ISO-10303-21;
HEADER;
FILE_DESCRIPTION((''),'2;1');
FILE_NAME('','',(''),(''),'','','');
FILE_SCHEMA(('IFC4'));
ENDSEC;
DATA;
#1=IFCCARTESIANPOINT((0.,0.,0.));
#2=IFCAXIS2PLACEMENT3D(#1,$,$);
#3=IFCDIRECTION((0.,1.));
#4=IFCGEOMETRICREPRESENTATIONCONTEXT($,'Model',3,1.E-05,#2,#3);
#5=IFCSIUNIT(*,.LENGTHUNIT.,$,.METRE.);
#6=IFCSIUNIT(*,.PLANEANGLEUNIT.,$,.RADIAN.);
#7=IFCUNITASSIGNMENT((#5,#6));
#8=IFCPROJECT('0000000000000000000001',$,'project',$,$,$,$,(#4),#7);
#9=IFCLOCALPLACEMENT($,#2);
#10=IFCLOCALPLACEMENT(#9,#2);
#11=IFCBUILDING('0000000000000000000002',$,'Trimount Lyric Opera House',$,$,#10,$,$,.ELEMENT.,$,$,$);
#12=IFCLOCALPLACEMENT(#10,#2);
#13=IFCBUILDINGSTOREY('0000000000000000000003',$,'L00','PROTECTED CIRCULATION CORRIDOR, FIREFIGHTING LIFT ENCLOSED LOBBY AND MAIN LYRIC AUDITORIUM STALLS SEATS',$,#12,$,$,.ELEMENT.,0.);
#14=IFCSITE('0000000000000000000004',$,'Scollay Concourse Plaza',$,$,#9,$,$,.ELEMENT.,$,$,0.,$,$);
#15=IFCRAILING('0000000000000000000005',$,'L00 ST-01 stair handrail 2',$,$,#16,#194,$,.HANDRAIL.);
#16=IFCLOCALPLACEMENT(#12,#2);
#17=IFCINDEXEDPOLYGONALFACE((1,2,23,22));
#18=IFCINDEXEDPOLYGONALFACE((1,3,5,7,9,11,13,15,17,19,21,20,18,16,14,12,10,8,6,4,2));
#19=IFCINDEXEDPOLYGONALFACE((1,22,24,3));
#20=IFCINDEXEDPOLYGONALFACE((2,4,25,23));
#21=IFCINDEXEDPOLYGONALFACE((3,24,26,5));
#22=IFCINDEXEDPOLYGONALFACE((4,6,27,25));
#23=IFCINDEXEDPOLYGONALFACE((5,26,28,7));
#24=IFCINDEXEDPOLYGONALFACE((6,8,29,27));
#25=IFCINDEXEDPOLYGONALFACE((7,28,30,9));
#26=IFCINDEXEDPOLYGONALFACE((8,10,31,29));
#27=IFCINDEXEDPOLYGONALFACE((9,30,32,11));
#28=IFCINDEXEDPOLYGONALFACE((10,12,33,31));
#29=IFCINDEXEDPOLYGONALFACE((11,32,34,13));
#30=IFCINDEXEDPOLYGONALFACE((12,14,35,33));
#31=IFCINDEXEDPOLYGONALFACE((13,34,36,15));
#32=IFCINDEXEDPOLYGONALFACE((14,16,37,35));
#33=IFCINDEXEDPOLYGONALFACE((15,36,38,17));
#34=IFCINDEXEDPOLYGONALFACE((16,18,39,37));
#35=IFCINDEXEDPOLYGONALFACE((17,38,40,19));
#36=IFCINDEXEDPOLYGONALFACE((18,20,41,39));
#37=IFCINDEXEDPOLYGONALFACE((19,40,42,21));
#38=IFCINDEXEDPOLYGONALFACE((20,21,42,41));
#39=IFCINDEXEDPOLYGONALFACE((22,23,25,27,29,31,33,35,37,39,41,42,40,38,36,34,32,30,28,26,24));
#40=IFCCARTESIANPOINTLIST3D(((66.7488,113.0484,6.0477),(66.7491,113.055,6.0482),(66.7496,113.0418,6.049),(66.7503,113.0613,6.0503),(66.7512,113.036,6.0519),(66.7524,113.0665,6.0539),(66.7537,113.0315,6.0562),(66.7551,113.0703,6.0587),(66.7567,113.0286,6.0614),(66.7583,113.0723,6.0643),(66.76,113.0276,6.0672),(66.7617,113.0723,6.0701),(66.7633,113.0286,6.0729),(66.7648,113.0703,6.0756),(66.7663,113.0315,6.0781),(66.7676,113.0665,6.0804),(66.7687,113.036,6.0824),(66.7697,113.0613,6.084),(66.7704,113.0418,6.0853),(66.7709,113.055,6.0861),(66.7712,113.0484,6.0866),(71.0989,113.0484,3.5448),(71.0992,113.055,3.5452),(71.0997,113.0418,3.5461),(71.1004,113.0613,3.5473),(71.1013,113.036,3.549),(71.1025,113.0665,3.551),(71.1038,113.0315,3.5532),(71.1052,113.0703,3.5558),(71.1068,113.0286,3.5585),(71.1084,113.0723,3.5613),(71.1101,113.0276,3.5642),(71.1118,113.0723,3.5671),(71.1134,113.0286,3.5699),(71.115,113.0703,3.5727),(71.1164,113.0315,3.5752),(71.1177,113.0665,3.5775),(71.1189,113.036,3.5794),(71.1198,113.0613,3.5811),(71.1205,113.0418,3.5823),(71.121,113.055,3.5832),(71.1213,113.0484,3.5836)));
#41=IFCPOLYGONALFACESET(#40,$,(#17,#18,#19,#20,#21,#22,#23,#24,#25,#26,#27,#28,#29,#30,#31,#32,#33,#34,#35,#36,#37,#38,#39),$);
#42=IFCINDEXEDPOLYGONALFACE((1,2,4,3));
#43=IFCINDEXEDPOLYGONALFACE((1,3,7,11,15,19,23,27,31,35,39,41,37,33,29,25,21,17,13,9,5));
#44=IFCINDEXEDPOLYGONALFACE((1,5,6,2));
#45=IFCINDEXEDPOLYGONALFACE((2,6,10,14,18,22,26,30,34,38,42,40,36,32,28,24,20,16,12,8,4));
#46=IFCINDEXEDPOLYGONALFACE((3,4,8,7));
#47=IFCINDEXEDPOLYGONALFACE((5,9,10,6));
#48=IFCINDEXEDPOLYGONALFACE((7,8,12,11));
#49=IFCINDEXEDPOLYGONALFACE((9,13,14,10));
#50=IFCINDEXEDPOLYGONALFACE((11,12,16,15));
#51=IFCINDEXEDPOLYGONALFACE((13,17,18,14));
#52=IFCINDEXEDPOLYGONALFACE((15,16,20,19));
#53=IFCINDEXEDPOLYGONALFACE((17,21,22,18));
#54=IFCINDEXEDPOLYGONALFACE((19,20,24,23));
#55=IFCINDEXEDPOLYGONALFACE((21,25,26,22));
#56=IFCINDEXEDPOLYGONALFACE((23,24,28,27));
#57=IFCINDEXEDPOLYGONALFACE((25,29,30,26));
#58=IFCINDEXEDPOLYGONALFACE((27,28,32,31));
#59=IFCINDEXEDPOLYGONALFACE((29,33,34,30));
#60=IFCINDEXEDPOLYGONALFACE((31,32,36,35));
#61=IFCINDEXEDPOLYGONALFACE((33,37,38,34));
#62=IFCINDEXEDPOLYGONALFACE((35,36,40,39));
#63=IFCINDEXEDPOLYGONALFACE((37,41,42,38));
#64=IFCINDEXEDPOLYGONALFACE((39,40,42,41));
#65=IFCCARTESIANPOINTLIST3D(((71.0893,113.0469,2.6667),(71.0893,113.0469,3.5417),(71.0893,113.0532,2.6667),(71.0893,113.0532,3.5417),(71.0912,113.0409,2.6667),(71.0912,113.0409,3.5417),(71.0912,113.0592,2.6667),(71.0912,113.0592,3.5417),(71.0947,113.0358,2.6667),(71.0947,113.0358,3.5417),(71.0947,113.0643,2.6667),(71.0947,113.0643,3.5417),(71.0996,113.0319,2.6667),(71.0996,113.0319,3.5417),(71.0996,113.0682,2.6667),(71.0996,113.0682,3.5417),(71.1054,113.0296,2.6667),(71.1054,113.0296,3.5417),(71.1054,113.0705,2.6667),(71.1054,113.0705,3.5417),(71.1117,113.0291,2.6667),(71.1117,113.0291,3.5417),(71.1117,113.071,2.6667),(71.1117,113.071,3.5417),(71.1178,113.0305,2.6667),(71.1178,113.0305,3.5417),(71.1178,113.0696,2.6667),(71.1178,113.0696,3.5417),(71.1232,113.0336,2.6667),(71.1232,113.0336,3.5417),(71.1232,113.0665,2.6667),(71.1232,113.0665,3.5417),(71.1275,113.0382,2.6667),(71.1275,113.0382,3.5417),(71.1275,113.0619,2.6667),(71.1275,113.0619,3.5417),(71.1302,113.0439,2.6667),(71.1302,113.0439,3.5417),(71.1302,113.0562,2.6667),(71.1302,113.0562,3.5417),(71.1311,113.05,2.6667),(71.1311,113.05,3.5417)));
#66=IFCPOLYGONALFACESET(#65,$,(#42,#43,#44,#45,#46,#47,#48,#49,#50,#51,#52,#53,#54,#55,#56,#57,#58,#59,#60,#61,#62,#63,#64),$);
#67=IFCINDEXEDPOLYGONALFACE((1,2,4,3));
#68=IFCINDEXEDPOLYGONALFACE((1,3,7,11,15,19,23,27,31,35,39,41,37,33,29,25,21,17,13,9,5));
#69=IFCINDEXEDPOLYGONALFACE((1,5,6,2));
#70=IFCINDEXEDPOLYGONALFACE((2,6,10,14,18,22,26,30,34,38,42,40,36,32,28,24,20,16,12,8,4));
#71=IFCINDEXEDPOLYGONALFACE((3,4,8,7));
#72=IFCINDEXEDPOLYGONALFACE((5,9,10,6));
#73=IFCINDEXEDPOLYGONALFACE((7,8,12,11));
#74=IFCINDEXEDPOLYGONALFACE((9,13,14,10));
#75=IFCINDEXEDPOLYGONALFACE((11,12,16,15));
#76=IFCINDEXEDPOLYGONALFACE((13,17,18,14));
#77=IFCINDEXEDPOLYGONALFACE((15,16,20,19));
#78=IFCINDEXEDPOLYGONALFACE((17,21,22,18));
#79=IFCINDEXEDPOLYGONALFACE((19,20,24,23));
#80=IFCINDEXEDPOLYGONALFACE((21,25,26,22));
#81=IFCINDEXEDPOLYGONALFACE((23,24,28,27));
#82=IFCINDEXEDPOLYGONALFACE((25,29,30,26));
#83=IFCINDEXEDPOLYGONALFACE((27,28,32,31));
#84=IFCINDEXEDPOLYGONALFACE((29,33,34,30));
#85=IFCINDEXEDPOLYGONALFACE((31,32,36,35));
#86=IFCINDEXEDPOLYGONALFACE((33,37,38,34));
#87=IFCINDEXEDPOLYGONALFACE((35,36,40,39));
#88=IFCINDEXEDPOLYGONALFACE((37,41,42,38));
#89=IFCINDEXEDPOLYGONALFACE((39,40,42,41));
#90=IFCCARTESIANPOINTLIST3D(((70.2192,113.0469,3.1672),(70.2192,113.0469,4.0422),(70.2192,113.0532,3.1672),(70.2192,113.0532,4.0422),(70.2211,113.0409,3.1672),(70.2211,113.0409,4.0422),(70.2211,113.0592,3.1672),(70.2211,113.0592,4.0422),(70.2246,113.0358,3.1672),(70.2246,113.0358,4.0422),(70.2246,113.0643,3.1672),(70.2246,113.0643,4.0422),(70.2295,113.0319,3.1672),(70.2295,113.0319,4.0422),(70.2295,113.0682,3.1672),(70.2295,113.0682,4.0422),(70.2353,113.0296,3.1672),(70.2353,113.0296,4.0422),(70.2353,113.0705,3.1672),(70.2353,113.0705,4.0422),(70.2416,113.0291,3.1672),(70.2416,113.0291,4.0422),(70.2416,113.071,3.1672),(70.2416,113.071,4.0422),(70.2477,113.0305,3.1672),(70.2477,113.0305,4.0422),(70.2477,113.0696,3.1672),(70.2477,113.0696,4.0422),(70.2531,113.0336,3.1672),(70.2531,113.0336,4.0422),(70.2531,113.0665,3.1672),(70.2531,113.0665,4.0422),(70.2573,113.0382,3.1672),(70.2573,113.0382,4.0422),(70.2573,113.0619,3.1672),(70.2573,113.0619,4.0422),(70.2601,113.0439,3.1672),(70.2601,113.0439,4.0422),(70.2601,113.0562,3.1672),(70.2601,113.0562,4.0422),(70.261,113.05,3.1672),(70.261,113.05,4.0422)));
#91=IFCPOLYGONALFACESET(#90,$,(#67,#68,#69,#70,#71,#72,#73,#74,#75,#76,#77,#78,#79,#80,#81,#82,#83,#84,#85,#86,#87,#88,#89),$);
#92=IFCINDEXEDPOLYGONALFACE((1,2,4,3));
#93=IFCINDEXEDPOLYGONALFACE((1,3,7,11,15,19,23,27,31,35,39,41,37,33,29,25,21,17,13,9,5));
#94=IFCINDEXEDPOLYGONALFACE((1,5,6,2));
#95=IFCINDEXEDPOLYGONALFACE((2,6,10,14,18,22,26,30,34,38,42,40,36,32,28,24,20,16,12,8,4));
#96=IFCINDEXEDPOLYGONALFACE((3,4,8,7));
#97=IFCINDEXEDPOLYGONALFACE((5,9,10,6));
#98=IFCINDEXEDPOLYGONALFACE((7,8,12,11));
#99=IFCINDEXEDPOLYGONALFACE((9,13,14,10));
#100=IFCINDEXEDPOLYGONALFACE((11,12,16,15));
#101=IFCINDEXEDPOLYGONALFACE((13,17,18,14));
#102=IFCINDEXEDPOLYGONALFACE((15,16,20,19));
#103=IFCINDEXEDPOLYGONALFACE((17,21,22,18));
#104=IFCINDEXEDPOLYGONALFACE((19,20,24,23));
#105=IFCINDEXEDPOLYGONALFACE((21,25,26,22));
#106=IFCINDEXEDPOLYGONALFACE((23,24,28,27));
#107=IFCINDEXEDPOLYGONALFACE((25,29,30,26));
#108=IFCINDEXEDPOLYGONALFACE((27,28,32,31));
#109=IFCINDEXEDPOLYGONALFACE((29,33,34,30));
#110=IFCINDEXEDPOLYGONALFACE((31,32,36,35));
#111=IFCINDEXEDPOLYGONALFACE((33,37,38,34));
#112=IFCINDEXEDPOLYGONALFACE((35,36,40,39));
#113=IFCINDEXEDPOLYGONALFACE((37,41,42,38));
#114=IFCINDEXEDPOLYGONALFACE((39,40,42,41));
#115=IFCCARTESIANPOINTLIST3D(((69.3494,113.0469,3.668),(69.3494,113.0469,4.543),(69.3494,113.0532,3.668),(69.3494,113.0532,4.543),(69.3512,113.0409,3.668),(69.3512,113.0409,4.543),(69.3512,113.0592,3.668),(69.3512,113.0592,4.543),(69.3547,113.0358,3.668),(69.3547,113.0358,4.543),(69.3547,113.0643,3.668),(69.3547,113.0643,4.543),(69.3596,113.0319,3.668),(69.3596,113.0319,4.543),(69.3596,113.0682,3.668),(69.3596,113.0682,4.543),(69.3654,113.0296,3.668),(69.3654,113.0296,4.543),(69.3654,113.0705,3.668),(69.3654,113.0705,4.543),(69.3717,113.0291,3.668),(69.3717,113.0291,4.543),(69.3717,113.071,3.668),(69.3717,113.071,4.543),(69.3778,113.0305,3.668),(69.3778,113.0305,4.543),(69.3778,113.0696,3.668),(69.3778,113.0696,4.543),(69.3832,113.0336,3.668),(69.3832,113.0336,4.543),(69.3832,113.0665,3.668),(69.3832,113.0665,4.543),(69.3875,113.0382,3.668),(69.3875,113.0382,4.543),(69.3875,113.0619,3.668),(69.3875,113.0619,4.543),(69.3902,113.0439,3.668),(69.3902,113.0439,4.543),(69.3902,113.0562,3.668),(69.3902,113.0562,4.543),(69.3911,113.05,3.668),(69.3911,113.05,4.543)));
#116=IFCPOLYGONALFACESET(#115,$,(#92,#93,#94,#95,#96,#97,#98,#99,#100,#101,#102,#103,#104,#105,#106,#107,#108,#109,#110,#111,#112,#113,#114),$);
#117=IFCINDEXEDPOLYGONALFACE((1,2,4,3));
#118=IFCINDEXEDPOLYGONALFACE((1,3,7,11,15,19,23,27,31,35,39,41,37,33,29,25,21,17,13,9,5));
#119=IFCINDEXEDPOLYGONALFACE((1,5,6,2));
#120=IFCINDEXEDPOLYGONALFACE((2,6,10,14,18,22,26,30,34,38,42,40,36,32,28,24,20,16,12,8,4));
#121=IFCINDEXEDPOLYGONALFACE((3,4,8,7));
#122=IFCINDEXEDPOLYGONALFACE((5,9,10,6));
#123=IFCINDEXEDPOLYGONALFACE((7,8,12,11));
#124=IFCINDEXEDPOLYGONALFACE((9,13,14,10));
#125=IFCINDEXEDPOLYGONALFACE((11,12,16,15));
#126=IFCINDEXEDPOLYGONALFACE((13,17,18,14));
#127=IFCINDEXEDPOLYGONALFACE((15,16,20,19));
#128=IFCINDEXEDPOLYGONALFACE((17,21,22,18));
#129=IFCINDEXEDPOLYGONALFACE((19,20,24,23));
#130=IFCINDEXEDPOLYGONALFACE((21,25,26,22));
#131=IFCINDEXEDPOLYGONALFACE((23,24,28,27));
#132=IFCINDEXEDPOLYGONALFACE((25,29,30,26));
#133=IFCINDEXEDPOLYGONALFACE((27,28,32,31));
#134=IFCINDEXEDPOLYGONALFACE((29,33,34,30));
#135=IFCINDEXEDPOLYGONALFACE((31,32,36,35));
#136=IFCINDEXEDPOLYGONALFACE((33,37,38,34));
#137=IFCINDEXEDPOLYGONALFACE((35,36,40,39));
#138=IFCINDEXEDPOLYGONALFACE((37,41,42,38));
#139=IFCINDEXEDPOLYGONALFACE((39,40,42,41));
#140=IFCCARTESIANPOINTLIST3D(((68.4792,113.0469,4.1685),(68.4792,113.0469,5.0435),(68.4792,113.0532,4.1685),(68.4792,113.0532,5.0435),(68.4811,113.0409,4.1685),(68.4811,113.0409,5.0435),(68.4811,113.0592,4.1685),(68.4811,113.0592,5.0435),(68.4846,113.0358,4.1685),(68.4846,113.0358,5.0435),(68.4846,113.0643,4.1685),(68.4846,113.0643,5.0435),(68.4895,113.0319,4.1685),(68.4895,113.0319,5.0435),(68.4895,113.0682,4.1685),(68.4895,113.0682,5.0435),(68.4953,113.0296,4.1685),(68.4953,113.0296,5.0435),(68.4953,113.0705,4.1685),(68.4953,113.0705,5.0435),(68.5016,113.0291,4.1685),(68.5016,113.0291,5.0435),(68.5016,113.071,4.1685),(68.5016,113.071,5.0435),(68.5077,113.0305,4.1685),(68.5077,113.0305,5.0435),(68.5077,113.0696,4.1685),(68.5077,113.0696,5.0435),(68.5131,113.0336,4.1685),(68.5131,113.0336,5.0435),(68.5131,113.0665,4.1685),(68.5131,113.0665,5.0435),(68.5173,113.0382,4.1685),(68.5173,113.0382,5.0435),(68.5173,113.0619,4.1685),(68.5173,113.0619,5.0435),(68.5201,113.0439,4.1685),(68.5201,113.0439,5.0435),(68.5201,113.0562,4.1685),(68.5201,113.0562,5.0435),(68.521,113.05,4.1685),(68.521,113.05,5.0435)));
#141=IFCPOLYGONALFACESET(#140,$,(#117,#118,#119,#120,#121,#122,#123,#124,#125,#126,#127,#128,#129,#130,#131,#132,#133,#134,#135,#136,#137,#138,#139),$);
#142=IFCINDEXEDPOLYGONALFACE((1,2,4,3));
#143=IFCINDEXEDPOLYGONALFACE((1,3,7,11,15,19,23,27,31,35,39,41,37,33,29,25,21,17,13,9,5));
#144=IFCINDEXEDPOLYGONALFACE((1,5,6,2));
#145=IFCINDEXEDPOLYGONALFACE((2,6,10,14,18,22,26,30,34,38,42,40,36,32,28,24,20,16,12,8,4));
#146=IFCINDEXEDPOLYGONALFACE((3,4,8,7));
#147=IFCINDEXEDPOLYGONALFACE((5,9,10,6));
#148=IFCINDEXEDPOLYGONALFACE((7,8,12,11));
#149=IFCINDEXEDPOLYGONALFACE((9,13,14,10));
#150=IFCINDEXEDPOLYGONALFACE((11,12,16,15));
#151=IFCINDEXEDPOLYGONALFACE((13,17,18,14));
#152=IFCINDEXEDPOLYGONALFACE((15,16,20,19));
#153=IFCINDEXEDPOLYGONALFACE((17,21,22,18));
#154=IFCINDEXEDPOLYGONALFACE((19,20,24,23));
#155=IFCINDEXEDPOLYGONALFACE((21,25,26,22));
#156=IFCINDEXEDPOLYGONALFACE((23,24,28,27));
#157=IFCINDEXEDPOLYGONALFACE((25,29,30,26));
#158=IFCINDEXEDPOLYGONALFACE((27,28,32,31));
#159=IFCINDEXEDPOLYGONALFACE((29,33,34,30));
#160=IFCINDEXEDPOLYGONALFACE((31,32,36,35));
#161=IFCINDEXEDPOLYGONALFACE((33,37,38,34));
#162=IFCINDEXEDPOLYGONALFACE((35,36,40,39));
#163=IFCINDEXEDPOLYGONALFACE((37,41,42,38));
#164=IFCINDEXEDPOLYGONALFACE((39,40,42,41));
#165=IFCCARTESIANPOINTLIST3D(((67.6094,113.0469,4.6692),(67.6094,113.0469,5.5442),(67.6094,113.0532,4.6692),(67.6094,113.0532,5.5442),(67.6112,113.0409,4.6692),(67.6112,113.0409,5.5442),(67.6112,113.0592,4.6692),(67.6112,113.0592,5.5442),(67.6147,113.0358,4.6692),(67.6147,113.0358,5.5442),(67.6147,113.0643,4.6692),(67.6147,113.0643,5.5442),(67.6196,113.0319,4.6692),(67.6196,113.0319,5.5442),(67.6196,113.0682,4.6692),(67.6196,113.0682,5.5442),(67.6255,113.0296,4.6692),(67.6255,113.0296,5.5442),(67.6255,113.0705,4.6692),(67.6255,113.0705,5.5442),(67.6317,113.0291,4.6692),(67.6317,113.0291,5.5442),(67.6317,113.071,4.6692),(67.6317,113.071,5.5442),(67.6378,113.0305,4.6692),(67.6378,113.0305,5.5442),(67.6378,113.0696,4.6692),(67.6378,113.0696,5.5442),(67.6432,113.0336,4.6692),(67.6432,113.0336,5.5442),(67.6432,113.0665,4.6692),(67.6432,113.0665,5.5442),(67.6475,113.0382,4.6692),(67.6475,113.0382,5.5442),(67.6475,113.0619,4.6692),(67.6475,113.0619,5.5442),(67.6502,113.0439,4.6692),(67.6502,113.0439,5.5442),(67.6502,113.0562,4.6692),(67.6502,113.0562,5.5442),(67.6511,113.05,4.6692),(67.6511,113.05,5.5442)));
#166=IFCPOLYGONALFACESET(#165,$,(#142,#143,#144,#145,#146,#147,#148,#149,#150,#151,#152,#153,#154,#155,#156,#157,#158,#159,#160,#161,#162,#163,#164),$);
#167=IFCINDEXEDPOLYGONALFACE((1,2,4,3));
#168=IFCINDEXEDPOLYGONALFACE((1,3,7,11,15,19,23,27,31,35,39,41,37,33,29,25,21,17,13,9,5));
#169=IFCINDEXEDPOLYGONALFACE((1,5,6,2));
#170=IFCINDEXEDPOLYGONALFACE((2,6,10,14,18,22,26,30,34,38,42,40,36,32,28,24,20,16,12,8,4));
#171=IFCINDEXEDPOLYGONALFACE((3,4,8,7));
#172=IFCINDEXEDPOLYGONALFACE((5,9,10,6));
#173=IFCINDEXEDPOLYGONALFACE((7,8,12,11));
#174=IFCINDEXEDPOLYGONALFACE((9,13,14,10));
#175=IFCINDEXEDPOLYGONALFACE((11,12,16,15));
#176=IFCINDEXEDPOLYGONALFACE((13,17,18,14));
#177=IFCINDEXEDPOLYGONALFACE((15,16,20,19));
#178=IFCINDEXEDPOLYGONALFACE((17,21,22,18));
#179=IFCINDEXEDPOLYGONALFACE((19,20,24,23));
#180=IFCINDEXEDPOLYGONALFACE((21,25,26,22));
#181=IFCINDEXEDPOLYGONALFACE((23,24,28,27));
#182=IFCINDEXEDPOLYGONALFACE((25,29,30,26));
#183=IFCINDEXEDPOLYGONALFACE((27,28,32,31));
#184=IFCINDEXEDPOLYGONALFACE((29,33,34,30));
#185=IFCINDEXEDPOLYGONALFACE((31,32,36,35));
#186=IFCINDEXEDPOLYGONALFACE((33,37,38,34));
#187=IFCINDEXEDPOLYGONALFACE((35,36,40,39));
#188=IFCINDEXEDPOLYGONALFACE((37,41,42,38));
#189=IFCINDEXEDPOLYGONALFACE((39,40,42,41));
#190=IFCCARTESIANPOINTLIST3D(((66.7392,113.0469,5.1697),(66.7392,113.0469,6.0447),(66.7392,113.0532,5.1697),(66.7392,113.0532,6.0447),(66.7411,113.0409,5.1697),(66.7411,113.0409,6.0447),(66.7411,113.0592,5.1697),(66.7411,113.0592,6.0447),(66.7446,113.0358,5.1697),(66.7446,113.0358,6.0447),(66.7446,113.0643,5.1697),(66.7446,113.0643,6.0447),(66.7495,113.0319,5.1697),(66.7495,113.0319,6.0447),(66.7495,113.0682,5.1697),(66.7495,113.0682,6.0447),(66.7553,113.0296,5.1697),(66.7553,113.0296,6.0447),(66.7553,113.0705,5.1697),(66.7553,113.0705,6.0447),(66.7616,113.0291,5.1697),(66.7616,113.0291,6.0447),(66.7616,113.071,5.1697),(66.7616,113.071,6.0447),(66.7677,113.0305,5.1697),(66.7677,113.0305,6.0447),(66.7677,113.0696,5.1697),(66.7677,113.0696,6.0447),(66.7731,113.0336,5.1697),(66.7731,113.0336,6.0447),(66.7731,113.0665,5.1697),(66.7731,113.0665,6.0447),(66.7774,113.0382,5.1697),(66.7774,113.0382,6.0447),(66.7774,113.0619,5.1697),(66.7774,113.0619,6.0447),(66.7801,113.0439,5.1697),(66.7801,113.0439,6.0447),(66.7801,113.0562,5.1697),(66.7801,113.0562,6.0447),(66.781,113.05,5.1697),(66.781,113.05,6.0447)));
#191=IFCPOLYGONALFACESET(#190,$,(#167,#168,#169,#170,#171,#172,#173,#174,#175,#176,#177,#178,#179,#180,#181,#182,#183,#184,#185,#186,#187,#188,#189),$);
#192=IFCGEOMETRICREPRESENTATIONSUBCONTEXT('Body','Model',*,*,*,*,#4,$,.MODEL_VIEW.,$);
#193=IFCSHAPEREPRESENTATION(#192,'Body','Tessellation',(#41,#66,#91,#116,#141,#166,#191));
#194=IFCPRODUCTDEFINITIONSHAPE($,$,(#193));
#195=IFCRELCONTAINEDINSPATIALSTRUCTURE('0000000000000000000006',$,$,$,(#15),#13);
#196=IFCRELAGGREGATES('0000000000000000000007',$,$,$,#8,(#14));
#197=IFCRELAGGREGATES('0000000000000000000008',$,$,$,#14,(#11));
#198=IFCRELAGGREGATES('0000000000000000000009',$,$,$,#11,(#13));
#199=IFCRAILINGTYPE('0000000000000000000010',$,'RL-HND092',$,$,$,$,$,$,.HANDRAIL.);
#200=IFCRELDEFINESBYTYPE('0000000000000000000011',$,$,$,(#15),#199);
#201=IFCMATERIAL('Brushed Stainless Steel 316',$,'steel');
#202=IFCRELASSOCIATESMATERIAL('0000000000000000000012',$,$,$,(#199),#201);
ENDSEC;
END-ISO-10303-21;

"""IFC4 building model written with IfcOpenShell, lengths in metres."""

from ifc_helpers import new_model, si_unit, direction, frame, origin, origin_2d, place, context, subcontext, project, spatial, circle, extrude, material, type_object, element, save


model = new_model("IFC4")

# Units and contexts
model_context = context("Model", 3, precision=1e-05, world=origin(), true_north=direction((0.0, 1.0)))
body_context = subcontext(model_context, "Body", "Model", "MODEL_VIEW")
ifc_project = project(units=[si_unit("LENGTHUNIT", "METRE"), si_unit("PLANEANGLEUNIT", "RADIAN")], contexts=[model_context])

# Site, building, storey
site_placement = place(None, origin())
site = spatial("IfcSite", under=ifc_project, at=site_placement, Name="Scollay Concourse Plaza", CompositionType="ELEMENT", RefElevation=0.0)
building_placement = place(site_placement, origin())
building = spatial("IfcBuilding", under=site, at=building_placement, Name="Trimount Lyric Opera House", CompositionType="ELEMENT")
storey_placement = place(building_placement, origin())
storey = spatial("IfcBuildingStorey", under=building, at=storey_placement, Name="L00", Description="PROTECTED CIRCULATION CORRIDOR, FIREFIGHTING LIFT ENCLOSED LOBBY AND MAIN LYRIC AUDITORIUM STALLS SEATS", CompositionType="ELEMENT", Elevation=0.0)

# Railing
ifc_material_1 = material(Name="Brushed Stainless Steel 316", Category="steel")
railing_type_1 = type_object("IfcRailingType", Name="RL-HND092", PredefinedType="HANDRAIL", material=ifc_material_1)
railing_1_placement = place(storey_placement, frame((71.1101, 113.05, 2.6667)))
element("IfcRailing", 1, at=railing_1_placement, inside=storey, type_object=railing_type_1, Name="L00 ST-01 stair handrail 2", PredefinedType="HANDRAIL", context=body_context, shape_type="SweptSolid", body=[
    extrude(circle(Radius=0.0225, at=origin_2d()), frame((0.0, 0.0, 0.8975), z_axis=(-0.866766, 0.0, 0.498714), x_axis=(0.0, -1.0, 0.0)), (0.0, 0.0, 1.0), 5.0188),
    extrude(circle(Radius=0.021, at=origin_2d()), origin(), (0.0, 0.0, 1.0), 0.875),
    extrude(circle(Radius=0.021, at=origin_2d()), frame((-0.8701, 0.0, 0.5005)), (0.0, 0.0, 1.0), 0.875),
    extrude(circle(Radius=0.021, at=origin_2d()), frame((-1.74, 0.0, 1.0012)), (0.0, 0.0, 1.0), 0.875),
    extrude(circle(Radius=0.021, at=origin_2d()), frame((-2.6101, 0.0, 1.5017)), (0.0, 0.0, 1.0), 0.875),
    extrude(circle(Radius=0.021, at=origin_2d()), frame((-3.48, 0.0, 2.0024)), (0.0, 0.0, 1.0), 0.875),
    extrude(circle(Radius=0.021, at=origin_2d()), frame((-4.3501, 0.0, 2.5029)), (0.0, 0.0, 1.0), 0.875),
])

save(model, "model.ifc")
